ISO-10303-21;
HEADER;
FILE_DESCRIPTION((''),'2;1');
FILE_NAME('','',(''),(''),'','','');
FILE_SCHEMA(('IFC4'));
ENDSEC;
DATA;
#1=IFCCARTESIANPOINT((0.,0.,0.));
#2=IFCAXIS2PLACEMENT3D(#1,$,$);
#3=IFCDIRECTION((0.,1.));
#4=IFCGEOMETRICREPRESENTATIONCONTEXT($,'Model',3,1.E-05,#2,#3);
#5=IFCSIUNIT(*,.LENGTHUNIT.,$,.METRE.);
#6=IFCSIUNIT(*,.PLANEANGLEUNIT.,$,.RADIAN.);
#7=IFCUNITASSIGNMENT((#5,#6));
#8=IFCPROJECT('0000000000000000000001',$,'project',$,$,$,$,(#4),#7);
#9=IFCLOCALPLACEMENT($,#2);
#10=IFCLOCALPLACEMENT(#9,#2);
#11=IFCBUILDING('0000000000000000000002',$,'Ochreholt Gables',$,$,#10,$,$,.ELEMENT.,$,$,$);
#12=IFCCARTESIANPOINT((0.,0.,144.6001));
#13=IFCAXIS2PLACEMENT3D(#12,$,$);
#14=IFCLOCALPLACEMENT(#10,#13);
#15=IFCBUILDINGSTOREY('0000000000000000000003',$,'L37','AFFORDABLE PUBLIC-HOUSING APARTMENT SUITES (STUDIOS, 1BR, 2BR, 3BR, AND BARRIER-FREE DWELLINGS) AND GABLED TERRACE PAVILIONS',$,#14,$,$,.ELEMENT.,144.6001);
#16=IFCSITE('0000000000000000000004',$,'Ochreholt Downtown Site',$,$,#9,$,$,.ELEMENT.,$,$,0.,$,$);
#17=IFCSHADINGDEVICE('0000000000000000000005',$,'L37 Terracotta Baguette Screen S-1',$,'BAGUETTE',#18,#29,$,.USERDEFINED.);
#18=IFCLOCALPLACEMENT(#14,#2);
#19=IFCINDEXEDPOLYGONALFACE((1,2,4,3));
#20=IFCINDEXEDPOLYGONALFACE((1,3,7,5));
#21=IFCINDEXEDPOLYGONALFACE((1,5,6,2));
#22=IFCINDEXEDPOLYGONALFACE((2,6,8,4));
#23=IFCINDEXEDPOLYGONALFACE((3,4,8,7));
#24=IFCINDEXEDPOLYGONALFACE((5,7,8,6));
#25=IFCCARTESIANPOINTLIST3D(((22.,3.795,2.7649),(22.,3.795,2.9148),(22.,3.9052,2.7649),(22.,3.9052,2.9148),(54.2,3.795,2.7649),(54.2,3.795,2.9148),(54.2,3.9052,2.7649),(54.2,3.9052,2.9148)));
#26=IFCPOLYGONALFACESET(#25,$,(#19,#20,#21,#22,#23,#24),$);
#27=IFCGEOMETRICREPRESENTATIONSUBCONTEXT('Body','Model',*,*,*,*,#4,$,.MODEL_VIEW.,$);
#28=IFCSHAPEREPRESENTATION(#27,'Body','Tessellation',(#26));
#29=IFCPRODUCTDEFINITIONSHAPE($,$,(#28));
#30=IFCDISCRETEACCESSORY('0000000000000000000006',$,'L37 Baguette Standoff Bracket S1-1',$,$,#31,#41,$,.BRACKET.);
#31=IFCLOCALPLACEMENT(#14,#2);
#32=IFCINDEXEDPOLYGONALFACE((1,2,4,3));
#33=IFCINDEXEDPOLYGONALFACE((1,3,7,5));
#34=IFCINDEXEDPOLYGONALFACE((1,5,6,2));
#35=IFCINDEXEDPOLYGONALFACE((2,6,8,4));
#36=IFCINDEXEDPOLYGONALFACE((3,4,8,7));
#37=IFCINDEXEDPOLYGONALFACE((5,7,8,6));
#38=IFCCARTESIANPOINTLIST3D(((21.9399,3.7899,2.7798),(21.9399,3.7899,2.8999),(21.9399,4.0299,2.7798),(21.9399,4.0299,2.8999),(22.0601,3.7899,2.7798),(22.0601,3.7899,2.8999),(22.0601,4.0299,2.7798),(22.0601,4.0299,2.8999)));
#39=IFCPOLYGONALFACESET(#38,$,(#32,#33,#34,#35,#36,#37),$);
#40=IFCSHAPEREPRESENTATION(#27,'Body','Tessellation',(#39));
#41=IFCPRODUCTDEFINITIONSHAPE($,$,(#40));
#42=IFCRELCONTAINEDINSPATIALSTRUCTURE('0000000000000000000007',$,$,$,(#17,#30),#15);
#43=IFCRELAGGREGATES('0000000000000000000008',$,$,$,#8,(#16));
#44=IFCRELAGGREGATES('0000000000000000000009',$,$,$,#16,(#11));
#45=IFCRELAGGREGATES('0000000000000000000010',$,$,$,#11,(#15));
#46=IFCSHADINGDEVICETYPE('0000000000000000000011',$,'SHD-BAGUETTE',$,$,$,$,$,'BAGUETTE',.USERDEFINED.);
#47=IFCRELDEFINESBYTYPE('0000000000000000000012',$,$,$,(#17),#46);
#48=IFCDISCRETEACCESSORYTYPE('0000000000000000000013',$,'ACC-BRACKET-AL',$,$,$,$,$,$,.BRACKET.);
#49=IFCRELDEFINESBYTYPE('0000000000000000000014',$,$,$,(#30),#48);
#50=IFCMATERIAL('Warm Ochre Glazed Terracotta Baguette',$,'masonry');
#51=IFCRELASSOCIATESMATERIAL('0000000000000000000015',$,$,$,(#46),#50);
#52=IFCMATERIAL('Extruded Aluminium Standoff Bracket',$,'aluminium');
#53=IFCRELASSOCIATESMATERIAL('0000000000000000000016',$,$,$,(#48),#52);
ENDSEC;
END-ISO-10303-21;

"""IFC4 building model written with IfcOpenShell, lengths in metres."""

from ifc_helpers import new_model, si_unit, direction, frame, origin, origin_2d, place, context, subcontext, project, spatial, rectangle, extrude, material, material_profile, profile_set, type_object, element, save


model = new_model("IFC4")

# Units and contexts
model_context = context("Model", 3, precision=1e-05, world=origin(), true_north=direction((0.0, 1.0)))
body_context = subcontext(model_context, "Body", "Model", "MODEL_VIEW")
ifc_project = project(units=[si_unit("LENGTHUNIT", "METRE"), si_unit("PLANEANGLEUNIT", "RADIAN")], contexts=[model_context])

# Site, building, storey
site_placement = place(None, origin())
site = spatial("IfcSite", under=ifc_project, at=site_placement, Name="Ochreholt Downtown Site", CompositionType="ELEMENT", RefElevation=0.0)
building_placement = place(site_placement, origin())
building = spatial("IfcBuilding", under=site, at=building_placement, Name="Ochreholt Gables", CompositionType="ELEMENT")
storey_placement = place(building_placement, frame((0.0, 0.0, 144.6001)))
storey = spatial("IfcBuildingStorey", under=building, at=storey_placement, Name="L37", Description="AFFORDABLE PUBLIC-HOUSING APARTMENT SUITES (STUDIOS, 1BR, 2BR, 3BR, AND BARRIER-FREE DWELLINGS) AND GABLED TERRACE PAVILIONS", CompositionType="ELEMENT", Elevation=144.6001)

# Shading device
ifc_material_1 = material(Name="Warm Ochre Glazed Terracotta Baguette", Category="masonry")
ifc_material_profile_1 = material_profile(ifc_material_1, rectangle(XDim=0.1101, YDim=0.1499, at=origin_2d()), Name="TCBAG110X150")
ifc_profile_set_1 = profile_set([ifc_material_profile_1], Name="Warm Ochre Glazed Terracotta Baguette")
shading_device_type = type_object("IfcShadingDeviceType", Name="SHD-BAGUETTE", ElementType="BAGUETTE", PredefinedType="USERDEFINED", material=ifc_profile_set_1)
shading_device_placement = place(storey_placement, frame((22.0, 3.8501, 2.8398), z_axis=(1.0, 0.0, 0.0), x_axis=(0.0, 1.0, 0.0)))
element("IfcShadingDevice", 1, at=shading_device_placement, inside=storey, type_object=shading_device_type, Name="L37 Terracotta Baguette Screen S-1", ObjectType="BAGUETTE", PredefinedType="USERDEFINED", context=body_context, shape_type="SweptSolid", body=[
    extrude(rectangle(XDim=0.1101, YDim=0.1499, at=origin_2d()), origin(), (0.0, 0.0, 1.0), 32.2),
])

# Discrete accessory
ifc_material_2 = material(Name="Extruded Aluminium Standoff Bracket", Category="aluminium")
discrete_accessory_type = type_object("IfcDiscreteAccessoryType", Name="ACC-BRACKET-AL", PredefinedType="BRACKET", material=ifc_material_2)
discrete_accessory_placement = place(storey_placement, frame((22.0, 3.9099, 2.7798), z_axis=(0.0, 0.0, 1.0), x_axis=(1.0, 0.0, 0.0)))
element("IfcDiscreteAccessory", 2, at=discrete_accessory_placement, inside=storey, type_object=discrete_accessory_type, Name="L37 Baguette Standoff Bracket S1-1", PredefinedType="BRACKET", context=body_context, shape_type="SweptSolid", body=[
    extrude(rectangle(XDim=0.1201, YDim=0.24, at=origin_2d()), origin(), (0.0, 0.0, 1.0), 0.1201),
])

save(model, "model.ifc")
